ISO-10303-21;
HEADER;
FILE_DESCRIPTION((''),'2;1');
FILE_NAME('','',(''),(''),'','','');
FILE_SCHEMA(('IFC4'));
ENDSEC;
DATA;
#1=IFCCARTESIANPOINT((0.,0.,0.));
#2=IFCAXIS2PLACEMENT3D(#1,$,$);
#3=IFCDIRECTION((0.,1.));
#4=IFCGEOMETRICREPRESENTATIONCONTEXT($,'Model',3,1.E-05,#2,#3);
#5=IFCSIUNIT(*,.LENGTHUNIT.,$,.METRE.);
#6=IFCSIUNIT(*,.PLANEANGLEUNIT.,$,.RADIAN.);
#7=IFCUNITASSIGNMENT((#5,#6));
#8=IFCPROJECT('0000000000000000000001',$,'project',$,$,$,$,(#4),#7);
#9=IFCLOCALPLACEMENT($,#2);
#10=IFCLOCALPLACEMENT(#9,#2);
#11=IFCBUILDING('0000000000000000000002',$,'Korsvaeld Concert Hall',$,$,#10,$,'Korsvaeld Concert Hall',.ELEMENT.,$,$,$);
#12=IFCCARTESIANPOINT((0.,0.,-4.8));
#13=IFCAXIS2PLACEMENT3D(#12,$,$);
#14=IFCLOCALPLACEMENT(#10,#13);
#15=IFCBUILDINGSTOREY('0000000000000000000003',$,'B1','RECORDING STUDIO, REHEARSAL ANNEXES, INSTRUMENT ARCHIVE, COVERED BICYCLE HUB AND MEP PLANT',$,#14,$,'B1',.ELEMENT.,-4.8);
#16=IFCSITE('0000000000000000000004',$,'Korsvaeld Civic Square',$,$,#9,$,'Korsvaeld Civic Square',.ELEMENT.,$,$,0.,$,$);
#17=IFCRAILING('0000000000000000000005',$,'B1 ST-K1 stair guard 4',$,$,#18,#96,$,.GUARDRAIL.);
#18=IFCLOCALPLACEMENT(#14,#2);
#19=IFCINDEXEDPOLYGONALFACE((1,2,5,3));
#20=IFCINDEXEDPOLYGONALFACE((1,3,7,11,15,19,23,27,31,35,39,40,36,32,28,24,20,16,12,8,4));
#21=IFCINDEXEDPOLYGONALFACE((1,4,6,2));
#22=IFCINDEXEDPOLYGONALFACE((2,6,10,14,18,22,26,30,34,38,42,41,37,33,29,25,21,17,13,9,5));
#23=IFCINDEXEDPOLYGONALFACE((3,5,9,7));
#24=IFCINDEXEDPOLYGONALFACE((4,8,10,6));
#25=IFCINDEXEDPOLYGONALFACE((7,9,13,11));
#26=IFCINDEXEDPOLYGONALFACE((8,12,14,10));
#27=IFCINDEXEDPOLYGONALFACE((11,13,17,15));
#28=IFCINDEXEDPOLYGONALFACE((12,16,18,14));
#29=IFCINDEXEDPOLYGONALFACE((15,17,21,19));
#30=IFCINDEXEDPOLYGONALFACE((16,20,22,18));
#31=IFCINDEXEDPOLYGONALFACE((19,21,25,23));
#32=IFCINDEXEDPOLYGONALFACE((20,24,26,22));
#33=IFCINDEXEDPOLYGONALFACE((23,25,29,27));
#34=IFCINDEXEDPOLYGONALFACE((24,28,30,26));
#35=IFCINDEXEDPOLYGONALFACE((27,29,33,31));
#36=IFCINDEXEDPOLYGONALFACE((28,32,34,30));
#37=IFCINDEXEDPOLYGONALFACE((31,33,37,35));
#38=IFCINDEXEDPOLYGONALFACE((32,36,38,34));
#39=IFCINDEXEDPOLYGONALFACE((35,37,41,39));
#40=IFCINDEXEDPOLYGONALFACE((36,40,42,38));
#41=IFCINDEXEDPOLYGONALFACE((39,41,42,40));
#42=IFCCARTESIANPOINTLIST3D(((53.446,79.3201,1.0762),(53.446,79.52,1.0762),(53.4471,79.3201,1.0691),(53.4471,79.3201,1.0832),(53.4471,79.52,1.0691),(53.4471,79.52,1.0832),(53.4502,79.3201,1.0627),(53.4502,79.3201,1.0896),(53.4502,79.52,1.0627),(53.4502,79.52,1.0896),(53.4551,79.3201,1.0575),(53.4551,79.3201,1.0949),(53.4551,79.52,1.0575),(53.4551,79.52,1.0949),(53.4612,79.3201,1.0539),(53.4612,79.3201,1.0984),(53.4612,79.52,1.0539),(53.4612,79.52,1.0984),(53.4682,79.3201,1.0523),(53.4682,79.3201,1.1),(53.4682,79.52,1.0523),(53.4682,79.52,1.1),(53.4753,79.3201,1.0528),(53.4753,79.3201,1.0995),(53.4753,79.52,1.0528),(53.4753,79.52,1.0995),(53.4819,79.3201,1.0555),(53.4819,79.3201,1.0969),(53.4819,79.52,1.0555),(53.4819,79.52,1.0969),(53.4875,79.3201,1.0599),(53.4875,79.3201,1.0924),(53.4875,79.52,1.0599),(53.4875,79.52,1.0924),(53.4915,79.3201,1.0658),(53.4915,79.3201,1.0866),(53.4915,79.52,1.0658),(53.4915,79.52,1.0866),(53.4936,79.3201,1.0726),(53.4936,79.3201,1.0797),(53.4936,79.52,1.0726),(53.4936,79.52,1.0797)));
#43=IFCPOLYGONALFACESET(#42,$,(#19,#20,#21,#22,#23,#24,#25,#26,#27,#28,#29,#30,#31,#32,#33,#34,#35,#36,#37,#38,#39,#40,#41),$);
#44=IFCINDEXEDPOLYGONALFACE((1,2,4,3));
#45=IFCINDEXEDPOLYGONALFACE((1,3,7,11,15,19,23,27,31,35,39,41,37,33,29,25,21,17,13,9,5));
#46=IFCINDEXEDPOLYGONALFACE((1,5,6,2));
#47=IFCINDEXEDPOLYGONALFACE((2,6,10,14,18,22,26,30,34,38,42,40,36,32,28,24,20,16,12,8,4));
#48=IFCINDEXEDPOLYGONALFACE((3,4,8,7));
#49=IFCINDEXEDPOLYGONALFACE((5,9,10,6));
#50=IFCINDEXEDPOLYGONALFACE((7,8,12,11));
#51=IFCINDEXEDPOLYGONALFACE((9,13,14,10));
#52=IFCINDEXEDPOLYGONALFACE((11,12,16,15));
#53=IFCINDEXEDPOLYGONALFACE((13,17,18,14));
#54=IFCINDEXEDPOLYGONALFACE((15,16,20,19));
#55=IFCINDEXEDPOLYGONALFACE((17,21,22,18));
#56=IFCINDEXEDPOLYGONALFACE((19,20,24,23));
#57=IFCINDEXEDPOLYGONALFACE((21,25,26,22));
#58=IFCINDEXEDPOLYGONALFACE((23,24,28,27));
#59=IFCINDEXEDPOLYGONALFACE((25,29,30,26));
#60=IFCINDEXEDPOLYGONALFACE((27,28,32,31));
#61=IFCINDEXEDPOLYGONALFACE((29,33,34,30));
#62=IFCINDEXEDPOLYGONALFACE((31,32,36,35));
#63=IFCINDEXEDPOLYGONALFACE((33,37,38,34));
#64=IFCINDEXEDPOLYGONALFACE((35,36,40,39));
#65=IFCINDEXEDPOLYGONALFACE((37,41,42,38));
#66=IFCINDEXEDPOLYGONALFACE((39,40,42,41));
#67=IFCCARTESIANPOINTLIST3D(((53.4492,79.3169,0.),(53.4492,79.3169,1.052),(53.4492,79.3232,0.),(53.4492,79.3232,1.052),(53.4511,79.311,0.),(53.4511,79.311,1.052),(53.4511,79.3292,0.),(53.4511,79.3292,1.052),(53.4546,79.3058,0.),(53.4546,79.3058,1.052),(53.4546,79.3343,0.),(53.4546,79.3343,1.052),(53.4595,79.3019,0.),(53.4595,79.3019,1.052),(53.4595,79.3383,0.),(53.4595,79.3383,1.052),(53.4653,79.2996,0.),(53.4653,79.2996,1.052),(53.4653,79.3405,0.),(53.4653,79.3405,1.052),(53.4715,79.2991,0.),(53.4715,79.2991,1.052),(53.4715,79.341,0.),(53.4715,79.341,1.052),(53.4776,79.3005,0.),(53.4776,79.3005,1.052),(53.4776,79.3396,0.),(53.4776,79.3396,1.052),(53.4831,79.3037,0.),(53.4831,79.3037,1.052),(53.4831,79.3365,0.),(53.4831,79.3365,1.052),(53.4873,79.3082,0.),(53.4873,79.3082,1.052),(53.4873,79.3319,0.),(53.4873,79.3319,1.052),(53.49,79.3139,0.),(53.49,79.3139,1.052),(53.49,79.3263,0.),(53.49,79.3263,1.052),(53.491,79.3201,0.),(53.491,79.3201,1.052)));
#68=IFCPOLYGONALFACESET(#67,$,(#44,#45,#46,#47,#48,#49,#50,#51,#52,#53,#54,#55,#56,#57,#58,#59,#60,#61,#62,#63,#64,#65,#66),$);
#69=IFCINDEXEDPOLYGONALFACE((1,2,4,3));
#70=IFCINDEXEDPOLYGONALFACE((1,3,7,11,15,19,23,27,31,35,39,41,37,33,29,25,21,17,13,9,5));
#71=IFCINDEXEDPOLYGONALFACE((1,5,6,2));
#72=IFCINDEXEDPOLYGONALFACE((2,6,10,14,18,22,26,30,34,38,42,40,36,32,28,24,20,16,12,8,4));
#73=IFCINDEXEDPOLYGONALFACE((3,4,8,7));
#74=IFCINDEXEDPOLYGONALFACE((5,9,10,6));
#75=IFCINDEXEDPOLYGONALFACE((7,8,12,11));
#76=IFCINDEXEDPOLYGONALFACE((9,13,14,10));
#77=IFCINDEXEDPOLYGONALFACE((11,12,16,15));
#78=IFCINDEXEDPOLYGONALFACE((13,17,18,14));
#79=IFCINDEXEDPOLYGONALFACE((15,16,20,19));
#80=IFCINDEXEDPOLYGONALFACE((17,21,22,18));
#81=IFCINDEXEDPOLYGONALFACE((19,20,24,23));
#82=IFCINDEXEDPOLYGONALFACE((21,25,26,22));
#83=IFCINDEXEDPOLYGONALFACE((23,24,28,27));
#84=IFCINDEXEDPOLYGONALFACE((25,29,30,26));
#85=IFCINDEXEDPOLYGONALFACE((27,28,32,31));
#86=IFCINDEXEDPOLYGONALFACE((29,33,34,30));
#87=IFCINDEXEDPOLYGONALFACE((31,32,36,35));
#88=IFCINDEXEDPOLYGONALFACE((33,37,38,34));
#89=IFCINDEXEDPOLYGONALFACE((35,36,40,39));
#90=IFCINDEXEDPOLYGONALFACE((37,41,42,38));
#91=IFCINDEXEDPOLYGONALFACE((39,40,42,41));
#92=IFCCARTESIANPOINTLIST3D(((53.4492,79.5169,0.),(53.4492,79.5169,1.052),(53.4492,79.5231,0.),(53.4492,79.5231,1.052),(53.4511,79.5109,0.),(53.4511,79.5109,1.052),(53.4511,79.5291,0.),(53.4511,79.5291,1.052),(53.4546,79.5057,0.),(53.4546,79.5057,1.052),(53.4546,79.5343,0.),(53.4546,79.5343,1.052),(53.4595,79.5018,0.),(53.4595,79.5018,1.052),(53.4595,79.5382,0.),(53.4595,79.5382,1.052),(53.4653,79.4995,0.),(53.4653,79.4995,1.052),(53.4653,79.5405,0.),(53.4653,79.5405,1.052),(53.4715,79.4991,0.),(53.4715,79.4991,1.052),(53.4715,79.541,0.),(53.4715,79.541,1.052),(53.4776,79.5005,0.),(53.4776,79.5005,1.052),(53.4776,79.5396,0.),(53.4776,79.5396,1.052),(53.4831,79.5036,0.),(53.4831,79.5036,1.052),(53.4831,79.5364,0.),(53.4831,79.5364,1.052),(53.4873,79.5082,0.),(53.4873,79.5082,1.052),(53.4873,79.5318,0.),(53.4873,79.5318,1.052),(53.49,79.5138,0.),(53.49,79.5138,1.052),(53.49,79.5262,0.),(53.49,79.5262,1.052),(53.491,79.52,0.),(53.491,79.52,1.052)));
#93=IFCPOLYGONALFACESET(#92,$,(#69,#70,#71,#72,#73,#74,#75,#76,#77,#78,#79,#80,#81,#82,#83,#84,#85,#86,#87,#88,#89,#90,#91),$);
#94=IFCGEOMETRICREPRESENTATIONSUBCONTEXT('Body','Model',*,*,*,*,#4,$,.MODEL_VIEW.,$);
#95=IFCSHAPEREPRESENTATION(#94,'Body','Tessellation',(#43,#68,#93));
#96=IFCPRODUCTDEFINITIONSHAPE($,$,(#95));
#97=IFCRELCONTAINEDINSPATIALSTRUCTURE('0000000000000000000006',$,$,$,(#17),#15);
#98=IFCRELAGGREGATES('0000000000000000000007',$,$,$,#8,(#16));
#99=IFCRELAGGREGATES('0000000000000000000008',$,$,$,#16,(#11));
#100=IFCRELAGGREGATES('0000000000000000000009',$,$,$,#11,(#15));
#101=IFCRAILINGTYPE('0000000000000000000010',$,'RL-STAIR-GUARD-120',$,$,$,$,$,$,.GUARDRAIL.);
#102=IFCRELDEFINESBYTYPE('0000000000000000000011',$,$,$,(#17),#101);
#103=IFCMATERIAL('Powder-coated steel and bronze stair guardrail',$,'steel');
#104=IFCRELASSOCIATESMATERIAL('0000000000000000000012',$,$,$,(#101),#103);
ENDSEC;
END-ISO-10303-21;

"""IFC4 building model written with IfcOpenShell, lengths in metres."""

from ifc_helpers import new_model, si_unit, direction, frame, origin, origin_2d, place, context, subcontext, project, spatial, circle, extrude, material, type_object, element, save


model = new_model("IFC4")

# Units and contexts
model_context = context("Model", 3, precision=1e-05, world=origin(), true_north=direction((0.0, 1.0)))
body_context = subcontext(model_context, "Body", "Model", "MODEL_VIEW")
ifc_project = project(units=[si_unit("LENGTHUNIT", "METRE"), si_unit("PLANEANGLEUNIT", "RADIAN")], contexts=[model_context])

# Site, building, storey
site_placement = place(None, origin())
site = spatial("IfcSite", under=ifc_project, at=site_placement, Name="Korsvaeld Civic Square", LongName="Korsvaeld Civic Square", CompositionType="ELEMENT", RefElevation=0.0)
building_placement = place(site_placement, origin())
building = spatial("IfcBuilding", under=site, at=building_placement, Name="Korsvaeld Concert Hall", LongName="Korsvaeld Concert Hall", CompositionType="ELEMENT")
storey_placement = place(building_placement, frame((0.0, 0.0, -4.8)))
storey = spatial("IfcBuildingStorey", under=building, at=storey_placement, Name="B1", Description="RECORDING STUDIO, REHEARSAL ANNEXES, INSTRUMENT ARCHIVE, COVERED BICYCLE HUB AND MEP PLANT", LongName="B1", CompositionType="ELEMENT", Elevation=-4.8)

# Railing
ifc_material_1 = material(Name="Powder-coated steel and bronze stair guardrail", Category="steel")
railing_type_1 = type_object("IfcRailingType", Name="RL-STAIR-GUARD-120", PredefinedType="GUARDRAIL", material=ifc_material_1)
railing_1_placement = place(storey_placement, frame((53.47, 79.3201, 0.0)))
element("IfcRailing", 1, at=railing_1_placement, inside=storey, type_object=railing_type_1, Name="B1 ST-K1 stair guard 4", PredefinedType="GUARDRAIL", context=body_context, shape_type="SweptSolid", body=[
    extrude(circle(Radius=0.0239, at=origin_2d()), frame((0.0, 0.0, 1.0762), z_axis=(0.0, 1.0, 0.0), x_axis=(-1.0, 0.0, 0.0)), (0.0, 0.0, 1.0), 0.2),
    extrude(circle(Radius=0.021, at=origin_2d()), origin(), (0.0, 0.0, 1.0), 1.052),
    extrude(circle(Radius=0.021, at=origin_2d()), frame((0.0, 0.2, 0.0)), (0.0, 0.0, 1.0), 1.052),
])

save(model, "model.ifc")
